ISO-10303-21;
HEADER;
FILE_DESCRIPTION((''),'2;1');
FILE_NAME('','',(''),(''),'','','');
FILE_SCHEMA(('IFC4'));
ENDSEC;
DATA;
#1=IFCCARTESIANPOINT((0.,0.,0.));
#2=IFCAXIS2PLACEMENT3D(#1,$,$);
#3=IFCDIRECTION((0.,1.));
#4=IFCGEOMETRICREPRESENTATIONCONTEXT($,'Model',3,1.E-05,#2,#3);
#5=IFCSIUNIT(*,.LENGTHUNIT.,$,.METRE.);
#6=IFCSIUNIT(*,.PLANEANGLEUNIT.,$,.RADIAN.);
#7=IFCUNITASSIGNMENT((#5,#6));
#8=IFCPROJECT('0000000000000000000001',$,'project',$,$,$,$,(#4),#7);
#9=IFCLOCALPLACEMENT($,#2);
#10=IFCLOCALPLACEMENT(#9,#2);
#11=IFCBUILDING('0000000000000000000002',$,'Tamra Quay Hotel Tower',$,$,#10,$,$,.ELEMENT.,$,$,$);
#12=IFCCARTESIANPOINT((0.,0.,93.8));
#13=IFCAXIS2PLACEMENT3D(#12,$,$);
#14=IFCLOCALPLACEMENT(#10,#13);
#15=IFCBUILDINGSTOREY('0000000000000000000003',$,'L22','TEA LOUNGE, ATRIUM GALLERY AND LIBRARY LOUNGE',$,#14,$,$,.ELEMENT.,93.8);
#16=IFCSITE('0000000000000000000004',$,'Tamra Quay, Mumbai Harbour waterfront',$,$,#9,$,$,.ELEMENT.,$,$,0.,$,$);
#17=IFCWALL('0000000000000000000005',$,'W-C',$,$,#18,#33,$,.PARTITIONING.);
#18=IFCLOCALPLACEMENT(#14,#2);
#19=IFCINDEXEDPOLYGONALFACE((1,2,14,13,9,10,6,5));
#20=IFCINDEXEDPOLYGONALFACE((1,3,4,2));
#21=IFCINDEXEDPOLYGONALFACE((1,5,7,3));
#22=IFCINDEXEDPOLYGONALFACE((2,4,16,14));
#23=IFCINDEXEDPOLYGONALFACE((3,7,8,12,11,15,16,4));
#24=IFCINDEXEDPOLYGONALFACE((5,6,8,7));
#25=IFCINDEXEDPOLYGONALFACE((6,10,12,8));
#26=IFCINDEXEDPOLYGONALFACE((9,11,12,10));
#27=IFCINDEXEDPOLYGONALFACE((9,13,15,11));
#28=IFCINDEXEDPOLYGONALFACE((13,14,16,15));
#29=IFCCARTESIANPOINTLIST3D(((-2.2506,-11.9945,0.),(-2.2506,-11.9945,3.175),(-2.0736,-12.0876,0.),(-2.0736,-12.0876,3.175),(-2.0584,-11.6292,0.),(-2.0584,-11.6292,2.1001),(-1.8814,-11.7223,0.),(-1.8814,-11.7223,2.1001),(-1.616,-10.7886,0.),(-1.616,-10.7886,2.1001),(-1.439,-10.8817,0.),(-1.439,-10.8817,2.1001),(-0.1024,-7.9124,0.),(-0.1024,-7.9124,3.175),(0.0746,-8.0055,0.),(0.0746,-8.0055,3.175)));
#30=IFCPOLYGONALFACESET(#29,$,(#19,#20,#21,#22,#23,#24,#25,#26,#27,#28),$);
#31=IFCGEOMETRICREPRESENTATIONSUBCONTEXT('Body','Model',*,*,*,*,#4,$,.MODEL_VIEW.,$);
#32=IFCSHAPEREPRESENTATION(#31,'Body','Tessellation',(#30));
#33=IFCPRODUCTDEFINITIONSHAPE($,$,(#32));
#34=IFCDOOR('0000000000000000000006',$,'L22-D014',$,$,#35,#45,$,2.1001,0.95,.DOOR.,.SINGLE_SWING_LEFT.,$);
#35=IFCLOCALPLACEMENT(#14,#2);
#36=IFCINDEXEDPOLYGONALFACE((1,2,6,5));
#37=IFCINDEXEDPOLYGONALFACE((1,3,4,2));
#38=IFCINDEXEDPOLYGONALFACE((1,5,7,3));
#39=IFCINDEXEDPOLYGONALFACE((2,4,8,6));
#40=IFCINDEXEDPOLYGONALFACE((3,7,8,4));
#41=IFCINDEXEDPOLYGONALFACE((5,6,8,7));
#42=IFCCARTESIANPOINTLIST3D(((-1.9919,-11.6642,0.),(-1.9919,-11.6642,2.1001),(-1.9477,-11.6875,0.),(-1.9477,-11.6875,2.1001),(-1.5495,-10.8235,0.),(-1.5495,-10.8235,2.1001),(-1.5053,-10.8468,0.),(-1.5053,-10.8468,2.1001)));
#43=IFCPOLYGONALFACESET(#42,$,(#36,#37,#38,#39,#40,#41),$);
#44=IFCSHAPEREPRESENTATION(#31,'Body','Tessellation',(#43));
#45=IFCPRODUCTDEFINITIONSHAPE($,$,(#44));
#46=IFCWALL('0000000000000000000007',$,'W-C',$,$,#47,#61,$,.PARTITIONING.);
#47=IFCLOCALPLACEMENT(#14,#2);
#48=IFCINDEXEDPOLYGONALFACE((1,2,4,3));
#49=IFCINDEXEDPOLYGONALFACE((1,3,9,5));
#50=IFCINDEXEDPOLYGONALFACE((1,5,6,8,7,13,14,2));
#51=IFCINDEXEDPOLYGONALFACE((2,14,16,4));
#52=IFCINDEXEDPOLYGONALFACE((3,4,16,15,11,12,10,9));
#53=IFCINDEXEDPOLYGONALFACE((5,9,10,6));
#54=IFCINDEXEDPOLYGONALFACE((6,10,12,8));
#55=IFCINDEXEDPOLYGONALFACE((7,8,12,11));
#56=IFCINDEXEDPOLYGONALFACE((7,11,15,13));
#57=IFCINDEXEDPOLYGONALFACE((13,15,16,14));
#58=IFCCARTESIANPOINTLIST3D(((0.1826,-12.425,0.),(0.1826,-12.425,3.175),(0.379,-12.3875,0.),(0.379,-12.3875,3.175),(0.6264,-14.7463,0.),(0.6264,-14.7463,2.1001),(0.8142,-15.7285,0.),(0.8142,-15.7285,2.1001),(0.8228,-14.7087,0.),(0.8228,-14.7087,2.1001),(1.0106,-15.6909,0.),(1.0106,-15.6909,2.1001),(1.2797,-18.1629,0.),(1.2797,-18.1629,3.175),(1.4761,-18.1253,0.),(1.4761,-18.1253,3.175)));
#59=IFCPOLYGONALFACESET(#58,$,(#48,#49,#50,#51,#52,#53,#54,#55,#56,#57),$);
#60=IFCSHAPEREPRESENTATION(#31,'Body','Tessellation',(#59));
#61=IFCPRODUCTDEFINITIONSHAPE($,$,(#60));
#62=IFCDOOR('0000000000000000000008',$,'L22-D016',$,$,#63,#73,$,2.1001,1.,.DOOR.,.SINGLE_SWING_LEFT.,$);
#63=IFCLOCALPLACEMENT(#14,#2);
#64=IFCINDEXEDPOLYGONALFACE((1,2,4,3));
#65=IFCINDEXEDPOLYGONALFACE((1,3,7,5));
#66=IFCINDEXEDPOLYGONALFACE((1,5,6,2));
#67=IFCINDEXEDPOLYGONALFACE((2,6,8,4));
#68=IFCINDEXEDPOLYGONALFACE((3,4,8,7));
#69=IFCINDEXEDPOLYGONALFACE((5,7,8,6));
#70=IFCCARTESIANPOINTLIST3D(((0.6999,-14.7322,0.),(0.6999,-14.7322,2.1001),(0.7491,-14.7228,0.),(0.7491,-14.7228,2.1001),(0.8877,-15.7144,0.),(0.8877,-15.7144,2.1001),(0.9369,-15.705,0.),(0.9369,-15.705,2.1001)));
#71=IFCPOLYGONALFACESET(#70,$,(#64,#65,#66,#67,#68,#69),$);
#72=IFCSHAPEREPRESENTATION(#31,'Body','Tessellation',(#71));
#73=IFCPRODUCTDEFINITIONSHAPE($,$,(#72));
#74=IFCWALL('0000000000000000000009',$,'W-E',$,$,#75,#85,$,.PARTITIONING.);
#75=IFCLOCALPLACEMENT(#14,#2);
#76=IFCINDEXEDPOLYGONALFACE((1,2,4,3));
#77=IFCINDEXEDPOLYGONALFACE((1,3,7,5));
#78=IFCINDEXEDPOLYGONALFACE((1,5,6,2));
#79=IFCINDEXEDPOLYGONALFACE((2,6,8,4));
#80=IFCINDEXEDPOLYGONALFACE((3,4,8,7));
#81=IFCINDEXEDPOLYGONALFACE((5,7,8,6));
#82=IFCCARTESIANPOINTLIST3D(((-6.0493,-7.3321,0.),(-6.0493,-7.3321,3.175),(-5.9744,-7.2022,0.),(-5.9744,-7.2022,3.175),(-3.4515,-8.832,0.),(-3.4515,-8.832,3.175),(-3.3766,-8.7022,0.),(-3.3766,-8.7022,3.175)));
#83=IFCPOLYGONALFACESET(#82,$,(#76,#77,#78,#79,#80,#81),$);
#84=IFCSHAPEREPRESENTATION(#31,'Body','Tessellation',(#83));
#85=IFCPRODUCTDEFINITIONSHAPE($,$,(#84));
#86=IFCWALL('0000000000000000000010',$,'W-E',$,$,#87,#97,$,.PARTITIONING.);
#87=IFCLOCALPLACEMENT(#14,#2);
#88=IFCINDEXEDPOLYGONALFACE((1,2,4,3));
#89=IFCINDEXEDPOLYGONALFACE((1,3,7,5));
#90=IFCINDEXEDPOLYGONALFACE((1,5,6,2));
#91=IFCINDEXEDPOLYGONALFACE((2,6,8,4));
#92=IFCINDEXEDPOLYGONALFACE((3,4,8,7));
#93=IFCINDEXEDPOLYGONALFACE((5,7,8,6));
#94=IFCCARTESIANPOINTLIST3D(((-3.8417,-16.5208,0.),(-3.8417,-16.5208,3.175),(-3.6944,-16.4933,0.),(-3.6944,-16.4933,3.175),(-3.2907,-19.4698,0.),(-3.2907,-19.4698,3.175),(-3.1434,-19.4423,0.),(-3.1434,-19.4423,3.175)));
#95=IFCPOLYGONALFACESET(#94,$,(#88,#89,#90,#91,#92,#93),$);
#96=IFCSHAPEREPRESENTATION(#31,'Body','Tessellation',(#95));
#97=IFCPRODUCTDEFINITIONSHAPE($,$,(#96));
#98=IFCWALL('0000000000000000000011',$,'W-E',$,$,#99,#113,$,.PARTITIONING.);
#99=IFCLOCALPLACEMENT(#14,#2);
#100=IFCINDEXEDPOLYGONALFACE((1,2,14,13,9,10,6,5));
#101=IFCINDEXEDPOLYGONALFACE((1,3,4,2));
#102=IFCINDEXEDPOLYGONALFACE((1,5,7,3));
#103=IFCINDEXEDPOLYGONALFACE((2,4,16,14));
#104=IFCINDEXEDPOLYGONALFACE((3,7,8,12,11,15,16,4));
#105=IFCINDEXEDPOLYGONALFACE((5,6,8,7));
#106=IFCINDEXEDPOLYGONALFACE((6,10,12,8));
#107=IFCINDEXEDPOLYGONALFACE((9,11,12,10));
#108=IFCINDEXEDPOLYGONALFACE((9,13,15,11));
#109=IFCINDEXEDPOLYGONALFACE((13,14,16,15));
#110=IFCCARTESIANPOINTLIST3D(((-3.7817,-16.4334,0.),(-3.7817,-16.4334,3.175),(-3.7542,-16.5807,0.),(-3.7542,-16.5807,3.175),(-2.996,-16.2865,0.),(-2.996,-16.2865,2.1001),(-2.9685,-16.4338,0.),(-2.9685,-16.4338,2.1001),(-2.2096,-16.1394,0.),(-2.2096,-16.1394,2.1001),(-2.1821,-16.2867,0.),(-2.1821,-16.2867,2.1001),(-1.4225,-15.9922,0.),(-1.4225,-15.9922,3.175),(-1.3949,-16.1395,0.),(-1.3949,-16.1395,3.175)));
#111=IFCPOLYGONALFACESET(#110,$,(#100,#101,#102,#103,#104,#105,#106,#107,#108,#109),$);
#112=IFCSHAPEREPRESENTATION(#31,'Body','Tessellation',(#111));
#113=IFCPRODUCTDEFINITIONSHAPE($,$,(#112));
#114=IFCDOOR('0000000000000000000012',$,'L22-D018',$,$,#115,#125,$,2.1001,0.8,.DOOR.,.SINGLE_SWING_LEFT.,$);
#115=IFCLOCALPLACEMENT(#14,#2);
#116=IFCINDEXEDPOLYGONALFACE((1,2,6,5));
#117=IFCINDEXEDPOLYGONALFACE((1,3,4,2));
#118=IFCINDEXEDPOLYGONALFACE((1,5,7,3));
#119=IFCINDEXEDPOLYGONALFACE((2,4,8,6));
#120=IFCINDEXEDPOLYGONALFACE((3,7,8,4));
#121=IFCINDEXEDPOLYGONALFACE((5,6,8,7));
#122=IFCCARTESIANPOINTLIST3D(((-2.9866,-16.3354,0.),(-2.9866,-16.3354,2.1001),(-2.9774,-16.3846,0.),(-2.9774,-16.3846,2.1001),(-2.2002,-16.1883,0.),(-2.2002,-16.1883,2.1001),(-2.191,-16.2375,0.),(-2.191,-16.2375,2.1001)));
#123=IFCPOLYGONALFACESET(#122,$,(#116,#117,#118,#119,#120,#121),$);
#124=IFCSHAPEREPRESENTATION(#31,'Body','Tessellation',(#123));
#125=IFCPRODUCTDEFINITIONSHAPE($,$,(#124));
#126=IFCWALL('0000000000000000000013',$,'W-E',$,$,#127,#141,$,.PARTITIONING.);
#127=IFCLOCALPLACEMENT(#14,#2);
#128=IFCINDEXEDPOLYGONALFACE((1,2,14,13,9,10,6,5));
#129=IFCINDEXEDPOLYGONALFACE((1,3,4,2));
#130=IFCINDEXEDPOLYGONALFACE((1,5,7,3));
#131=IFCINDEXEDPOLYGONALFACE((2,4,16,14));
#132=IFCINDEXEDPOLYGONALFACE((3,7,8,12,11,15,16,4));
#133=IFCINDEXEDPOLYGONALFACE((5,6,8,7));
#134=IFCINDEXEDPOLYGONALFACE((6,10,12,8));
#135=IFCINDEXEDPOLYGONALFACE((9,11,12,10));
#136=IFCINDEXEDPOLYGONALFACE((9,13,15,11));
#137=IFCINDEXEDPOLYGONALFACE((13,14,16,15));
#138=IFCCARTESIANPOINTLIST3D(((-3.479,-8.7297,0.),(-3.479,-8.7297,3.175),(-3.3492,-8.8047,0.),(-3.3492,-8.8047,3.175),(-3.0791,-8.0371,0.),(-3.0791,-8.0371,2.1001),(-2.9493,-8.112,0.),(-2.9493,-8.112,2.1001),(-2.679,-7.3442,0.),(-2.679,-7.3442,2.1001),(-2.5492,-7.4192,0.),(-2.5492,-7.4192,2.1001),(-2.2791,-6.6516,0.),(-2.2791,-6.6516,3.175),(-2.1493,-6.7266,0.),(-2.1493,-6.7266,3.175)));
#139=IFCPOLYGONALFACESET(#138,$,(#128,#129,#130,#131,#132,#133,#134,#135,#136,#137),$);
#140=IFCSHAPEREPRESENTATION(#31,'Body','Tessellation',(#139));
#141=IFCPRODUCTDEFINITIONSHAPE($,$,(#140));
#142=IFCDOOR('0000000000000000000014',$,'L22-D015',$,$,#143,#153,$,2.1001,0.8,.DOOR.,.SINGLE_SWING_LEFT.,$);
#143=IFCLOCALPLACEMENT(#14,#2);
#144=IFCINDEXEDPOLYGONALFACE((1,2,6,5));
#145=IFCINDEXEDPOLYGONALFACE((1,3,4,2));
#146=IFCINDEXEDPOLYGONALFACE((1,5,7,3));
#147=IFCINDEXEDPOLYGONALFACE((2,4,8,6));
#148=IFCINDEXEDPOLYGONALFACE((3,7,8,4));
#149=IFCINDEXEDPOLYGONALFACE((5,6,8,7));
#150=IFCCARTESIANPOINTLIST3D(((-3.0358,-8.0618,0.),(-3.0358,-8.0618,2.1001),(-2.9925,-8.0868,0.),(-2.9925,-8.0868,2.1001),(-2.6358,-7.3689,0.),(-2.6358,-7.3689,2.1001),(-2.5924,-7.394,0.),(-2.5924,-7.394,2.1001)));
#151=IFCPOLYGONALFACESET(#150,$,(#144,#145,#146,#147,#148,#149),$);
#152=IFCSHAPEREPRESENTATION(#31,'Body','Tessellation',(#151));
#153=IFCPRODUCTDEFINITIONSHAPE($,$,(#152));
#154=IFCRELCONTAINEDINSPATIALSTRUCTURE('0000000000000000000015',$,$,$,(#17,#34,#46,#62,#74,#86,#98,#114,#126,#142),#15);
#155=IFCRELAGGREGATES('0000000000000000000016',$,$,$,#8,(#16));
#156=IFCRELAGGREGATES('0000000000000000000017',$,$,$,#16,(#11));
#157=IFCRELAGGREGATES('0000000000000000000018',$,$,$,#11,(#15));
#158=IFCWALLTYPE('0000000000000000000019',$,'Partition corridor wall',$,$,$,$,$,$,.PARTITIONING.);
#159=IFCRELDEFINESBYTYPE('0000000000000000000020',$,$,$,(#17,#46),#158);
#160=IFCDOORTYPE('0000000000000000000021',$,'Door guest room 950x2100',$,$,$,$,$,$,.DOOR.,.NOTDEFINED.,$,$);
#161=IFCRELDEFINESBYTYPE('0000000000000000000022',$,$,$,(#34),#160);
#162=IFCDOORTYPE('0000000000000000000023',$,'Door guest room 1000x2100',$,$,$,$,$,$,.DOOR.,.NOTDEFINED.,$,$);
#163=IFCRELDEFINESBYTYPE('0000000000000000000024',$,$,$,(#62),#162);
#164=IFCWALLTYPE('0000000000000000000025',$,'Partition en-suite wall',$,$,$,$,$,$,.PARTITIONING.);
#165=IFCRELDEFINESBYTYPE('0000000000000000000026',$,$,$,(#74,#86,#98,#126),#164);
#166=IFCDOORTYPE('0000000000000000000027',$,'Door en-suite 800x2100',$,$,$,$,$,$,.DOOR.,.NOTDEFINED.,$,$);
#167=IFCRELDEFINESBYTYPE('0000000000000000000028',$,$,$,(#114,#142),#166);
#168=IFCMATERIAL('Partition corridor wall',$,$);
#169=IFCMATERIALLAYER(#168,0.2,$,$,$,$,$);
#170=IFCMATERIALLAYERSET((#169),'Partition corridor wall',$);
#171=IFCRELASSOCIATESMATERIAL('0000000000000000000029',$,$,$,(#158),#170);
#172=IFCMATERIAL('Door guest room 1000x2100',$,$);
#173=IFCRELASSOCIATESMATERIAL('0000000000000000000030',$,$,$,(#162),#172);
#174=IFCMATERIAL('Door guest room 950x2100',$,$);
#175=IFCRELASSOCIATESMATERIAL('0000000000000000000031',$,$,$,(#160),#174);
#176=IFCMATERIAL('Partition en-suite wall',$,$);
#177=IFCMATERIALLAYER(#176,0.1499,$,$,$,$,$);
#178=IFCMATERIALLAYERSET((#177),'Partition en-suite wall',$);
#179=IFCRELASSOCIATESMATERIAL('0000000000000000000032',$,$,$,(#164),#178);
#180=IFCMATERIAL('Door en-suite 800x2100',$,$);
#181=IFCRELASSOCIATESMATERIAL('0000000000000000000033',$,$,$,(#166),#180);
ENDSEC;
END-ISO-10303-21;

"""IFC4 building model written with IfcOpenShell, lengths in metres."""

from ifc_helpers import new_model, si_unit, direction, frame, frame_2d, origin, place, context, subcontext, project, spatial, rectangle, extrude, material, layer, layer_set, type_object, element, fill, save


model = new_model("IFC4")

# Units and contexts
model_context = context("Model", 3, precision=1e-05, world=origin(), true_north=direction((0.0, 1.0)))
body_context = subcontext(model_context, "Body", "Model", "MODEL_VIEW")
ifc_project = project(units=[si_unit("LENGTHUNIT", "METRE"), si_unit("PLANEANGLEUNIT", "RADIAN")], contexts=[model_context])

# Site, building, storey
site_placement = place(None, origin())
site = spatial("IfcSite", under=ifc_project, at=site_placement, Name="Tamra Quay, Mumbai Harbour waterfront", CompositionType="ELEMENT", RefElevation=0.0)
building_placement = place(site_placement, origin())
building = spatial("IfcBuilding", under=site, at=building_placement, Name="Tamra Quay Hotel Tower", CompositionType="ELEMENT")
storey_placement = place(building_placement, frame((0.0, 0.0, 93.8)))
storey = spatial("IfcBuildingStorey", under=building, at=storey_placement, Name="L22", Description="TEA LOUNGE, ATRIUM GALLERY AND LIBRARY LOUNGE", CompositionType="ELEMENT", Elevation=93.8)

# Shared definitions
ifc_material_1 = material(Name="Partition corridor wall")
ifc_layer_1 = layer(ifc_material_1, 0.2)
ifc_layer_set_1 = layer_set([ifc_layer_1], Name="Partition corridor wall")
wall_type_1 = type_object("IfcWallType", Name="Partition corridor wall", PredefinedType="PARTITIONING", material=ifc_layer_set_1)

# Shared definitions
ifc_material_2 = material(Name="Door guest room 1000x2100")
door_type_1 = type_object("IfcDoorType", Name="Door guest room 1000x2100", OperationType="NOTDEFINED", PredefinedType="DOOR", material=ifc_material_2)

# Walls, openings, doors
wall_1_placement = place(storey_placement, frame((-2.1621, -12.041, 0.0), z_axis=(0.0, 0.0, 1.0), x_axis=(0.465705, 0.88494, 0.0)))
wall_1 = element("IfcWall", 1, at=wall_1_placement, inside=storey, type_object=wall_type_1, Name="W-C", PredefinedType="PARTITIONING", context=body_context, shape_type="SweptSolid", body=[
    extrude(rectangle(XDim=4.6128, YDim=0.2, at=frame_2d((2.3064, 0.0))), origin(), (0.0, 0.0, 1.0), 3.175),
])
opening_1_placement = place(wall_1_placement, frame((0.4126, 0.0, 0.0)))
opening_1 = element("IfcOpeningElement", 2, at=opening_1_placement, cuts=wall_1, PredefinedType="OPENING", context=body_context, shape_type="SweptSolid", body=[
    extrude(rectangle(XDim=0.95, YDim=2.1001, at=frame_2d((0.4751, 1.05))), frame((0.0, 0.1099, 0.0), z_axis=(0.0, -1.0, 0.0), x_axis=(1.0, 0.0, 0.0)), (0.0, 0.0, 1.0), 0.22),
])
ifc_material_3 = material(Name="Door guest room 950x2100")
door_type_2 = type_object("IfcDoorType", Name="Door guest room 950x2100", OperationType="NOTDEFINED", PredefinedType="DOOR", material=ifc_material_3)
door_1_placement = place(opening_1_placement, origin())
door_1 = element("IfcDoor", 3, at=door_1_placement, inside=storey, type_object=door_type_2, Name="L22-D014", OperationType="SINGLE_SWING_LEFT", OverallHeight=2.1001, OverallWidth=0.95, PredefinedType="DOOR", context=body_context, shape_type="SweptSolid", body=[
    extrude(rectangle(XDim=0.95, YDim=2.1001, at=frame_2d((0.4751, 1.05))), frame((0.0, 0.0249, 0.0), z_axis=(0.0, -1.0, 0.0), x_axis=(1.0, 0.0, 0.0)), (0.0, 0.0, 1.0), 0.05),
])
fill(opening_1, door_1)
wall_2_placement = place(storey_placement, frame((0.2808, -12.4062, 0.0), z_axis=(0.0, 0.0, 1.0), x_axis=(0.187815, -0.982204, 0.0)))
wall_2 = element("IfcWall", 4, at=wall_2_placement, inside=storey, type_object=wall_type_1, Name="W-C", PredefinedType="PARTITIONING", context=body_context, shape_type="SweptSolid", body=[
    extrude(rectangle(XDim=5.8418, YDim=0.2, at=frame_2d((2.9209, 0.0))), origin(), (0.0, 0.0, 1.0), 3.175),
])
opening_2_placement = place(wall_2_placement, frame((2.3633, 0.0, 0.0)))
opening_2 = element("IfcOpeningElement", 5, at=opening_2_placement, cuts=wall_2, PredefinedType="OPENING", context=body_context, shape_type="SweptSolid", body=[
    extrude(rectangle(XDim=1.0, YDim=2.1001, at=frame_2d((0.5, 1.05))), frame((0.0, 0.1099, 0.0), z_axis=(0.0, -1.0, 0.0), x_axis=(1.0, 0.0, 0.0)), (0.0, 0.0, 1.0), 0.22),
])
door_2_placement = place(opening_2_placement, origin())
door_2 = element("IfcDoor", 6, at=door_2_placement, inside=storey, type_object=door_type_1, Name="L22-D016", OperationType="SINGLE_SWING_LEFT", OverallHeight=2.1001, OverallWidth=1.0, PredefinedType="DOOR", context=body_context, shape_type="SweptSolid", body=[
    extrude(rectangle(XDim=1.0, YDim=2.1001, at=frame_2d((0.5, 1.05))), frame((0.0, 0.0249, 0.0), z_axis=(0.0, -1.0, 0.0), x_axis=(1.0, 0.0, 0.0)), (0.0, 0.0, 1.0), 0.05),
])
fill(opening_2, door_2)

# Walls
ifc_material_4 = material(Name="Partition en-suite wall")
ifc_layer_2 = layer(ifc_material_4, 0.1499)
ifc_layer_set_2 = layer_set([ifc_layer_2], Name="Partition en-suite wall")
wall_type_2 = type_object("IfcWallType", Name="Partition en-suite wall", PredefinedType="PARTITIONING", material=ifc_layer_set_2)
wall_3_placement = place(storey_placement, frame((-6.012, -7.2671, 0.0), z_axis=(0.0, 0.0, 1.0), x_axis=(0.866011, -0.500025, 0.0)))
element("IfcWall", 7, at=wall_3_placement, inside=storey, type_object=wall_type_2, Name="W-E", PredefinedType="PARTITIONING", context=body_context, shape_type="SweptSolid", body=[
    extrude(rectangle(XDim=2.9998, YDim=0.1499, at=frame_2d((1.5, 0.0))), origin(), (0.0, 0.0, 1.0), 3.175),
])
wall_4_placement = place(storey_placement, frame((-3.7681, -16.5071, 0.0), z_axis=(0.0, 0.0, 1.0), x_axis=(0.183674, -0.982987, 0.0)))
element("IfcWall", 8, at=wall_4_placement, inside=storey, type_object=wall_type_2, Name="W-E", PredefinedType="PARTITIONING", context=body_context, shape_type="SweptSolid", body=[
    extrude(rectangle(XDim=3.0, YDim=0.1499, at=frame_2d((1.5, 0.0))), origin(), (0.0, 0.0, 1.0), 3.175),
])

# Walls, openings, doors
wall_5_placement = place(storey_placement, frame((-3.7681, -16.5071, 0.0), z_axis=(0.0, 0.0, 1.0), x_axis=(0.982961, 0.183816, 0.0)))
wall_5 = element("IfcWall", 9, at=wall_5_placement, inside=storey, type_object=wall_type_2, Name="W-E", PredefinedType="PARTITIONING", context=body_context, shape_type="SweptSolid", body=[
    extrude(rectangle(XDim=2.4001, YDim=0.1499, at=frame_2d((1.2002, 0.0))), origin(), (0.0, 0.0, 1.0), 3.175),
])
opening_3_placement = place(wall_5_placement, frame((0.7996, 0.0, 0.0)))
opening_3 = element("IfcOpeningElement", 10, at=opening_3_placement, cuts=wall_5, PredefinedType="OPENING", context=body_context, shape_type="SweptSolid", body=[
    extrude(rectangle(XDim=0.8, YDim=2.1001, at=frame_2d((0.3999, 1.05))), frame((0.0, 0.085, 0.0), z_axis=(0.0, -1.0, 0.0), x_axis=(1.0, 0.0, 0.0)), (0.0, 0.0, 1.0), 0.1699),
])
ifc_material_5 = material(Name="Door en-suite 800x2100")
door_type_3 = type_object("IfcDoorType", Name="Door en-suite 800x2100", OperationType="NOTDEFINED", PredefinedType="DOOR", material=ifc_material_5)
door_3_placement = place(opening_3_placement, frame((0.8, 0.0, 0.0), z_axis=(0.0, 0.0, 1.0), x_axis=(-1.0, 0.0, 0.0)))
door_3 = element("IfcDoor", 11, at=door_3_placement, inside=storey, type_object=door_type_3, Name="L22-D018", OperationType="SINGLE_SWING_LEFT", OverallHeight=2.1001, OverallWidth=0.8, PredefinedType="DOOR", context=body_context, shape_type="SweptSolid", body=[
    extrude(rectangle(XDim=0.8, YDim=2.1001, at=frame_2d((0.3999, 1.05))), frame((0.0, 0.0249, 0.0), z_axis=(0.0, -1.0, 0.0), x_axis=(1.0, 0.0, 0.0)), (0.0, 0.0, 1.0), 0.05),
])
fill(opening_3, door_3)
wall_6_placement = place(storey_placement, frame((-3.4141, -8.7671, 0.0), z_axis=(0.0, 0.0, 1.0), x_axis=(0.500045, 0.865999, 0.0)))
wall_6 = element("IfcWall", 12, at=wall_6_placement, inside=storey, type_object=wall_type_2, Name="W-E", PredefinedType="PARTITIONING", context=body_context, shape_type="SweptSolid", body=[
    extrude(rectangle(XDim=2.3997, YDim=0.1499, at=frame_2d((1.1997, 0.0))), origin(), (0.0, 0.0, 1.0), 3.175),
])
opening_4_placement = place(wall_6_placement, frame((0.7998, 0.0, 0.0)))
opening_4 = element("IfcOpeningElement", 13, at=opening_4_placement, cuts=wall_6, PredefinedType="OPENING", context=body_context, shape_type="SweptSolid", body=[
    extrude(rectangle(XDim=0.8, YDim=2.1001, at=frame_2d((0.3999, 1.05))), frame((0.0, 0.085, 0.0), z_axis=(0.0, -1.0, 0.0), x_axis=(1.0, 0.0, 0.0)), (0.0, 0.0, 1.0), 0.1699),
])
door_4_placement = place(opening_4_placement, frame((0.8, 0.0, 0.0), z_axis=(0.0, 0.0, 1.0), x_axis=(-1.0, 0.0, 0.0)))
door_4 = element("IfcDoor", 14, at=door_4_placement, inside=storey, type_object=door_type_3, Name="L22-D015", OperationType="SINGLE_SWING_LEFT", OverallHeight=2.1001, OverallWidth=0.8, PredefinedType="DOOR", context=body_context, shape_type="SweptSolid", body=[
    extrude(rectangle(XDim=0.8, YDim=2.1001, at=frame_2d((0.3999, 1.05))), frame((0.0, 0.0249, 0.0), z_axis=(0.0, -1.0, 0.0), x_axis=(1.0, 0.0, 0.0)), (0.0, 0.0, 1.0), 0.05),
])
fill(opening_4, door_4)

save(model, "model.ifc")
